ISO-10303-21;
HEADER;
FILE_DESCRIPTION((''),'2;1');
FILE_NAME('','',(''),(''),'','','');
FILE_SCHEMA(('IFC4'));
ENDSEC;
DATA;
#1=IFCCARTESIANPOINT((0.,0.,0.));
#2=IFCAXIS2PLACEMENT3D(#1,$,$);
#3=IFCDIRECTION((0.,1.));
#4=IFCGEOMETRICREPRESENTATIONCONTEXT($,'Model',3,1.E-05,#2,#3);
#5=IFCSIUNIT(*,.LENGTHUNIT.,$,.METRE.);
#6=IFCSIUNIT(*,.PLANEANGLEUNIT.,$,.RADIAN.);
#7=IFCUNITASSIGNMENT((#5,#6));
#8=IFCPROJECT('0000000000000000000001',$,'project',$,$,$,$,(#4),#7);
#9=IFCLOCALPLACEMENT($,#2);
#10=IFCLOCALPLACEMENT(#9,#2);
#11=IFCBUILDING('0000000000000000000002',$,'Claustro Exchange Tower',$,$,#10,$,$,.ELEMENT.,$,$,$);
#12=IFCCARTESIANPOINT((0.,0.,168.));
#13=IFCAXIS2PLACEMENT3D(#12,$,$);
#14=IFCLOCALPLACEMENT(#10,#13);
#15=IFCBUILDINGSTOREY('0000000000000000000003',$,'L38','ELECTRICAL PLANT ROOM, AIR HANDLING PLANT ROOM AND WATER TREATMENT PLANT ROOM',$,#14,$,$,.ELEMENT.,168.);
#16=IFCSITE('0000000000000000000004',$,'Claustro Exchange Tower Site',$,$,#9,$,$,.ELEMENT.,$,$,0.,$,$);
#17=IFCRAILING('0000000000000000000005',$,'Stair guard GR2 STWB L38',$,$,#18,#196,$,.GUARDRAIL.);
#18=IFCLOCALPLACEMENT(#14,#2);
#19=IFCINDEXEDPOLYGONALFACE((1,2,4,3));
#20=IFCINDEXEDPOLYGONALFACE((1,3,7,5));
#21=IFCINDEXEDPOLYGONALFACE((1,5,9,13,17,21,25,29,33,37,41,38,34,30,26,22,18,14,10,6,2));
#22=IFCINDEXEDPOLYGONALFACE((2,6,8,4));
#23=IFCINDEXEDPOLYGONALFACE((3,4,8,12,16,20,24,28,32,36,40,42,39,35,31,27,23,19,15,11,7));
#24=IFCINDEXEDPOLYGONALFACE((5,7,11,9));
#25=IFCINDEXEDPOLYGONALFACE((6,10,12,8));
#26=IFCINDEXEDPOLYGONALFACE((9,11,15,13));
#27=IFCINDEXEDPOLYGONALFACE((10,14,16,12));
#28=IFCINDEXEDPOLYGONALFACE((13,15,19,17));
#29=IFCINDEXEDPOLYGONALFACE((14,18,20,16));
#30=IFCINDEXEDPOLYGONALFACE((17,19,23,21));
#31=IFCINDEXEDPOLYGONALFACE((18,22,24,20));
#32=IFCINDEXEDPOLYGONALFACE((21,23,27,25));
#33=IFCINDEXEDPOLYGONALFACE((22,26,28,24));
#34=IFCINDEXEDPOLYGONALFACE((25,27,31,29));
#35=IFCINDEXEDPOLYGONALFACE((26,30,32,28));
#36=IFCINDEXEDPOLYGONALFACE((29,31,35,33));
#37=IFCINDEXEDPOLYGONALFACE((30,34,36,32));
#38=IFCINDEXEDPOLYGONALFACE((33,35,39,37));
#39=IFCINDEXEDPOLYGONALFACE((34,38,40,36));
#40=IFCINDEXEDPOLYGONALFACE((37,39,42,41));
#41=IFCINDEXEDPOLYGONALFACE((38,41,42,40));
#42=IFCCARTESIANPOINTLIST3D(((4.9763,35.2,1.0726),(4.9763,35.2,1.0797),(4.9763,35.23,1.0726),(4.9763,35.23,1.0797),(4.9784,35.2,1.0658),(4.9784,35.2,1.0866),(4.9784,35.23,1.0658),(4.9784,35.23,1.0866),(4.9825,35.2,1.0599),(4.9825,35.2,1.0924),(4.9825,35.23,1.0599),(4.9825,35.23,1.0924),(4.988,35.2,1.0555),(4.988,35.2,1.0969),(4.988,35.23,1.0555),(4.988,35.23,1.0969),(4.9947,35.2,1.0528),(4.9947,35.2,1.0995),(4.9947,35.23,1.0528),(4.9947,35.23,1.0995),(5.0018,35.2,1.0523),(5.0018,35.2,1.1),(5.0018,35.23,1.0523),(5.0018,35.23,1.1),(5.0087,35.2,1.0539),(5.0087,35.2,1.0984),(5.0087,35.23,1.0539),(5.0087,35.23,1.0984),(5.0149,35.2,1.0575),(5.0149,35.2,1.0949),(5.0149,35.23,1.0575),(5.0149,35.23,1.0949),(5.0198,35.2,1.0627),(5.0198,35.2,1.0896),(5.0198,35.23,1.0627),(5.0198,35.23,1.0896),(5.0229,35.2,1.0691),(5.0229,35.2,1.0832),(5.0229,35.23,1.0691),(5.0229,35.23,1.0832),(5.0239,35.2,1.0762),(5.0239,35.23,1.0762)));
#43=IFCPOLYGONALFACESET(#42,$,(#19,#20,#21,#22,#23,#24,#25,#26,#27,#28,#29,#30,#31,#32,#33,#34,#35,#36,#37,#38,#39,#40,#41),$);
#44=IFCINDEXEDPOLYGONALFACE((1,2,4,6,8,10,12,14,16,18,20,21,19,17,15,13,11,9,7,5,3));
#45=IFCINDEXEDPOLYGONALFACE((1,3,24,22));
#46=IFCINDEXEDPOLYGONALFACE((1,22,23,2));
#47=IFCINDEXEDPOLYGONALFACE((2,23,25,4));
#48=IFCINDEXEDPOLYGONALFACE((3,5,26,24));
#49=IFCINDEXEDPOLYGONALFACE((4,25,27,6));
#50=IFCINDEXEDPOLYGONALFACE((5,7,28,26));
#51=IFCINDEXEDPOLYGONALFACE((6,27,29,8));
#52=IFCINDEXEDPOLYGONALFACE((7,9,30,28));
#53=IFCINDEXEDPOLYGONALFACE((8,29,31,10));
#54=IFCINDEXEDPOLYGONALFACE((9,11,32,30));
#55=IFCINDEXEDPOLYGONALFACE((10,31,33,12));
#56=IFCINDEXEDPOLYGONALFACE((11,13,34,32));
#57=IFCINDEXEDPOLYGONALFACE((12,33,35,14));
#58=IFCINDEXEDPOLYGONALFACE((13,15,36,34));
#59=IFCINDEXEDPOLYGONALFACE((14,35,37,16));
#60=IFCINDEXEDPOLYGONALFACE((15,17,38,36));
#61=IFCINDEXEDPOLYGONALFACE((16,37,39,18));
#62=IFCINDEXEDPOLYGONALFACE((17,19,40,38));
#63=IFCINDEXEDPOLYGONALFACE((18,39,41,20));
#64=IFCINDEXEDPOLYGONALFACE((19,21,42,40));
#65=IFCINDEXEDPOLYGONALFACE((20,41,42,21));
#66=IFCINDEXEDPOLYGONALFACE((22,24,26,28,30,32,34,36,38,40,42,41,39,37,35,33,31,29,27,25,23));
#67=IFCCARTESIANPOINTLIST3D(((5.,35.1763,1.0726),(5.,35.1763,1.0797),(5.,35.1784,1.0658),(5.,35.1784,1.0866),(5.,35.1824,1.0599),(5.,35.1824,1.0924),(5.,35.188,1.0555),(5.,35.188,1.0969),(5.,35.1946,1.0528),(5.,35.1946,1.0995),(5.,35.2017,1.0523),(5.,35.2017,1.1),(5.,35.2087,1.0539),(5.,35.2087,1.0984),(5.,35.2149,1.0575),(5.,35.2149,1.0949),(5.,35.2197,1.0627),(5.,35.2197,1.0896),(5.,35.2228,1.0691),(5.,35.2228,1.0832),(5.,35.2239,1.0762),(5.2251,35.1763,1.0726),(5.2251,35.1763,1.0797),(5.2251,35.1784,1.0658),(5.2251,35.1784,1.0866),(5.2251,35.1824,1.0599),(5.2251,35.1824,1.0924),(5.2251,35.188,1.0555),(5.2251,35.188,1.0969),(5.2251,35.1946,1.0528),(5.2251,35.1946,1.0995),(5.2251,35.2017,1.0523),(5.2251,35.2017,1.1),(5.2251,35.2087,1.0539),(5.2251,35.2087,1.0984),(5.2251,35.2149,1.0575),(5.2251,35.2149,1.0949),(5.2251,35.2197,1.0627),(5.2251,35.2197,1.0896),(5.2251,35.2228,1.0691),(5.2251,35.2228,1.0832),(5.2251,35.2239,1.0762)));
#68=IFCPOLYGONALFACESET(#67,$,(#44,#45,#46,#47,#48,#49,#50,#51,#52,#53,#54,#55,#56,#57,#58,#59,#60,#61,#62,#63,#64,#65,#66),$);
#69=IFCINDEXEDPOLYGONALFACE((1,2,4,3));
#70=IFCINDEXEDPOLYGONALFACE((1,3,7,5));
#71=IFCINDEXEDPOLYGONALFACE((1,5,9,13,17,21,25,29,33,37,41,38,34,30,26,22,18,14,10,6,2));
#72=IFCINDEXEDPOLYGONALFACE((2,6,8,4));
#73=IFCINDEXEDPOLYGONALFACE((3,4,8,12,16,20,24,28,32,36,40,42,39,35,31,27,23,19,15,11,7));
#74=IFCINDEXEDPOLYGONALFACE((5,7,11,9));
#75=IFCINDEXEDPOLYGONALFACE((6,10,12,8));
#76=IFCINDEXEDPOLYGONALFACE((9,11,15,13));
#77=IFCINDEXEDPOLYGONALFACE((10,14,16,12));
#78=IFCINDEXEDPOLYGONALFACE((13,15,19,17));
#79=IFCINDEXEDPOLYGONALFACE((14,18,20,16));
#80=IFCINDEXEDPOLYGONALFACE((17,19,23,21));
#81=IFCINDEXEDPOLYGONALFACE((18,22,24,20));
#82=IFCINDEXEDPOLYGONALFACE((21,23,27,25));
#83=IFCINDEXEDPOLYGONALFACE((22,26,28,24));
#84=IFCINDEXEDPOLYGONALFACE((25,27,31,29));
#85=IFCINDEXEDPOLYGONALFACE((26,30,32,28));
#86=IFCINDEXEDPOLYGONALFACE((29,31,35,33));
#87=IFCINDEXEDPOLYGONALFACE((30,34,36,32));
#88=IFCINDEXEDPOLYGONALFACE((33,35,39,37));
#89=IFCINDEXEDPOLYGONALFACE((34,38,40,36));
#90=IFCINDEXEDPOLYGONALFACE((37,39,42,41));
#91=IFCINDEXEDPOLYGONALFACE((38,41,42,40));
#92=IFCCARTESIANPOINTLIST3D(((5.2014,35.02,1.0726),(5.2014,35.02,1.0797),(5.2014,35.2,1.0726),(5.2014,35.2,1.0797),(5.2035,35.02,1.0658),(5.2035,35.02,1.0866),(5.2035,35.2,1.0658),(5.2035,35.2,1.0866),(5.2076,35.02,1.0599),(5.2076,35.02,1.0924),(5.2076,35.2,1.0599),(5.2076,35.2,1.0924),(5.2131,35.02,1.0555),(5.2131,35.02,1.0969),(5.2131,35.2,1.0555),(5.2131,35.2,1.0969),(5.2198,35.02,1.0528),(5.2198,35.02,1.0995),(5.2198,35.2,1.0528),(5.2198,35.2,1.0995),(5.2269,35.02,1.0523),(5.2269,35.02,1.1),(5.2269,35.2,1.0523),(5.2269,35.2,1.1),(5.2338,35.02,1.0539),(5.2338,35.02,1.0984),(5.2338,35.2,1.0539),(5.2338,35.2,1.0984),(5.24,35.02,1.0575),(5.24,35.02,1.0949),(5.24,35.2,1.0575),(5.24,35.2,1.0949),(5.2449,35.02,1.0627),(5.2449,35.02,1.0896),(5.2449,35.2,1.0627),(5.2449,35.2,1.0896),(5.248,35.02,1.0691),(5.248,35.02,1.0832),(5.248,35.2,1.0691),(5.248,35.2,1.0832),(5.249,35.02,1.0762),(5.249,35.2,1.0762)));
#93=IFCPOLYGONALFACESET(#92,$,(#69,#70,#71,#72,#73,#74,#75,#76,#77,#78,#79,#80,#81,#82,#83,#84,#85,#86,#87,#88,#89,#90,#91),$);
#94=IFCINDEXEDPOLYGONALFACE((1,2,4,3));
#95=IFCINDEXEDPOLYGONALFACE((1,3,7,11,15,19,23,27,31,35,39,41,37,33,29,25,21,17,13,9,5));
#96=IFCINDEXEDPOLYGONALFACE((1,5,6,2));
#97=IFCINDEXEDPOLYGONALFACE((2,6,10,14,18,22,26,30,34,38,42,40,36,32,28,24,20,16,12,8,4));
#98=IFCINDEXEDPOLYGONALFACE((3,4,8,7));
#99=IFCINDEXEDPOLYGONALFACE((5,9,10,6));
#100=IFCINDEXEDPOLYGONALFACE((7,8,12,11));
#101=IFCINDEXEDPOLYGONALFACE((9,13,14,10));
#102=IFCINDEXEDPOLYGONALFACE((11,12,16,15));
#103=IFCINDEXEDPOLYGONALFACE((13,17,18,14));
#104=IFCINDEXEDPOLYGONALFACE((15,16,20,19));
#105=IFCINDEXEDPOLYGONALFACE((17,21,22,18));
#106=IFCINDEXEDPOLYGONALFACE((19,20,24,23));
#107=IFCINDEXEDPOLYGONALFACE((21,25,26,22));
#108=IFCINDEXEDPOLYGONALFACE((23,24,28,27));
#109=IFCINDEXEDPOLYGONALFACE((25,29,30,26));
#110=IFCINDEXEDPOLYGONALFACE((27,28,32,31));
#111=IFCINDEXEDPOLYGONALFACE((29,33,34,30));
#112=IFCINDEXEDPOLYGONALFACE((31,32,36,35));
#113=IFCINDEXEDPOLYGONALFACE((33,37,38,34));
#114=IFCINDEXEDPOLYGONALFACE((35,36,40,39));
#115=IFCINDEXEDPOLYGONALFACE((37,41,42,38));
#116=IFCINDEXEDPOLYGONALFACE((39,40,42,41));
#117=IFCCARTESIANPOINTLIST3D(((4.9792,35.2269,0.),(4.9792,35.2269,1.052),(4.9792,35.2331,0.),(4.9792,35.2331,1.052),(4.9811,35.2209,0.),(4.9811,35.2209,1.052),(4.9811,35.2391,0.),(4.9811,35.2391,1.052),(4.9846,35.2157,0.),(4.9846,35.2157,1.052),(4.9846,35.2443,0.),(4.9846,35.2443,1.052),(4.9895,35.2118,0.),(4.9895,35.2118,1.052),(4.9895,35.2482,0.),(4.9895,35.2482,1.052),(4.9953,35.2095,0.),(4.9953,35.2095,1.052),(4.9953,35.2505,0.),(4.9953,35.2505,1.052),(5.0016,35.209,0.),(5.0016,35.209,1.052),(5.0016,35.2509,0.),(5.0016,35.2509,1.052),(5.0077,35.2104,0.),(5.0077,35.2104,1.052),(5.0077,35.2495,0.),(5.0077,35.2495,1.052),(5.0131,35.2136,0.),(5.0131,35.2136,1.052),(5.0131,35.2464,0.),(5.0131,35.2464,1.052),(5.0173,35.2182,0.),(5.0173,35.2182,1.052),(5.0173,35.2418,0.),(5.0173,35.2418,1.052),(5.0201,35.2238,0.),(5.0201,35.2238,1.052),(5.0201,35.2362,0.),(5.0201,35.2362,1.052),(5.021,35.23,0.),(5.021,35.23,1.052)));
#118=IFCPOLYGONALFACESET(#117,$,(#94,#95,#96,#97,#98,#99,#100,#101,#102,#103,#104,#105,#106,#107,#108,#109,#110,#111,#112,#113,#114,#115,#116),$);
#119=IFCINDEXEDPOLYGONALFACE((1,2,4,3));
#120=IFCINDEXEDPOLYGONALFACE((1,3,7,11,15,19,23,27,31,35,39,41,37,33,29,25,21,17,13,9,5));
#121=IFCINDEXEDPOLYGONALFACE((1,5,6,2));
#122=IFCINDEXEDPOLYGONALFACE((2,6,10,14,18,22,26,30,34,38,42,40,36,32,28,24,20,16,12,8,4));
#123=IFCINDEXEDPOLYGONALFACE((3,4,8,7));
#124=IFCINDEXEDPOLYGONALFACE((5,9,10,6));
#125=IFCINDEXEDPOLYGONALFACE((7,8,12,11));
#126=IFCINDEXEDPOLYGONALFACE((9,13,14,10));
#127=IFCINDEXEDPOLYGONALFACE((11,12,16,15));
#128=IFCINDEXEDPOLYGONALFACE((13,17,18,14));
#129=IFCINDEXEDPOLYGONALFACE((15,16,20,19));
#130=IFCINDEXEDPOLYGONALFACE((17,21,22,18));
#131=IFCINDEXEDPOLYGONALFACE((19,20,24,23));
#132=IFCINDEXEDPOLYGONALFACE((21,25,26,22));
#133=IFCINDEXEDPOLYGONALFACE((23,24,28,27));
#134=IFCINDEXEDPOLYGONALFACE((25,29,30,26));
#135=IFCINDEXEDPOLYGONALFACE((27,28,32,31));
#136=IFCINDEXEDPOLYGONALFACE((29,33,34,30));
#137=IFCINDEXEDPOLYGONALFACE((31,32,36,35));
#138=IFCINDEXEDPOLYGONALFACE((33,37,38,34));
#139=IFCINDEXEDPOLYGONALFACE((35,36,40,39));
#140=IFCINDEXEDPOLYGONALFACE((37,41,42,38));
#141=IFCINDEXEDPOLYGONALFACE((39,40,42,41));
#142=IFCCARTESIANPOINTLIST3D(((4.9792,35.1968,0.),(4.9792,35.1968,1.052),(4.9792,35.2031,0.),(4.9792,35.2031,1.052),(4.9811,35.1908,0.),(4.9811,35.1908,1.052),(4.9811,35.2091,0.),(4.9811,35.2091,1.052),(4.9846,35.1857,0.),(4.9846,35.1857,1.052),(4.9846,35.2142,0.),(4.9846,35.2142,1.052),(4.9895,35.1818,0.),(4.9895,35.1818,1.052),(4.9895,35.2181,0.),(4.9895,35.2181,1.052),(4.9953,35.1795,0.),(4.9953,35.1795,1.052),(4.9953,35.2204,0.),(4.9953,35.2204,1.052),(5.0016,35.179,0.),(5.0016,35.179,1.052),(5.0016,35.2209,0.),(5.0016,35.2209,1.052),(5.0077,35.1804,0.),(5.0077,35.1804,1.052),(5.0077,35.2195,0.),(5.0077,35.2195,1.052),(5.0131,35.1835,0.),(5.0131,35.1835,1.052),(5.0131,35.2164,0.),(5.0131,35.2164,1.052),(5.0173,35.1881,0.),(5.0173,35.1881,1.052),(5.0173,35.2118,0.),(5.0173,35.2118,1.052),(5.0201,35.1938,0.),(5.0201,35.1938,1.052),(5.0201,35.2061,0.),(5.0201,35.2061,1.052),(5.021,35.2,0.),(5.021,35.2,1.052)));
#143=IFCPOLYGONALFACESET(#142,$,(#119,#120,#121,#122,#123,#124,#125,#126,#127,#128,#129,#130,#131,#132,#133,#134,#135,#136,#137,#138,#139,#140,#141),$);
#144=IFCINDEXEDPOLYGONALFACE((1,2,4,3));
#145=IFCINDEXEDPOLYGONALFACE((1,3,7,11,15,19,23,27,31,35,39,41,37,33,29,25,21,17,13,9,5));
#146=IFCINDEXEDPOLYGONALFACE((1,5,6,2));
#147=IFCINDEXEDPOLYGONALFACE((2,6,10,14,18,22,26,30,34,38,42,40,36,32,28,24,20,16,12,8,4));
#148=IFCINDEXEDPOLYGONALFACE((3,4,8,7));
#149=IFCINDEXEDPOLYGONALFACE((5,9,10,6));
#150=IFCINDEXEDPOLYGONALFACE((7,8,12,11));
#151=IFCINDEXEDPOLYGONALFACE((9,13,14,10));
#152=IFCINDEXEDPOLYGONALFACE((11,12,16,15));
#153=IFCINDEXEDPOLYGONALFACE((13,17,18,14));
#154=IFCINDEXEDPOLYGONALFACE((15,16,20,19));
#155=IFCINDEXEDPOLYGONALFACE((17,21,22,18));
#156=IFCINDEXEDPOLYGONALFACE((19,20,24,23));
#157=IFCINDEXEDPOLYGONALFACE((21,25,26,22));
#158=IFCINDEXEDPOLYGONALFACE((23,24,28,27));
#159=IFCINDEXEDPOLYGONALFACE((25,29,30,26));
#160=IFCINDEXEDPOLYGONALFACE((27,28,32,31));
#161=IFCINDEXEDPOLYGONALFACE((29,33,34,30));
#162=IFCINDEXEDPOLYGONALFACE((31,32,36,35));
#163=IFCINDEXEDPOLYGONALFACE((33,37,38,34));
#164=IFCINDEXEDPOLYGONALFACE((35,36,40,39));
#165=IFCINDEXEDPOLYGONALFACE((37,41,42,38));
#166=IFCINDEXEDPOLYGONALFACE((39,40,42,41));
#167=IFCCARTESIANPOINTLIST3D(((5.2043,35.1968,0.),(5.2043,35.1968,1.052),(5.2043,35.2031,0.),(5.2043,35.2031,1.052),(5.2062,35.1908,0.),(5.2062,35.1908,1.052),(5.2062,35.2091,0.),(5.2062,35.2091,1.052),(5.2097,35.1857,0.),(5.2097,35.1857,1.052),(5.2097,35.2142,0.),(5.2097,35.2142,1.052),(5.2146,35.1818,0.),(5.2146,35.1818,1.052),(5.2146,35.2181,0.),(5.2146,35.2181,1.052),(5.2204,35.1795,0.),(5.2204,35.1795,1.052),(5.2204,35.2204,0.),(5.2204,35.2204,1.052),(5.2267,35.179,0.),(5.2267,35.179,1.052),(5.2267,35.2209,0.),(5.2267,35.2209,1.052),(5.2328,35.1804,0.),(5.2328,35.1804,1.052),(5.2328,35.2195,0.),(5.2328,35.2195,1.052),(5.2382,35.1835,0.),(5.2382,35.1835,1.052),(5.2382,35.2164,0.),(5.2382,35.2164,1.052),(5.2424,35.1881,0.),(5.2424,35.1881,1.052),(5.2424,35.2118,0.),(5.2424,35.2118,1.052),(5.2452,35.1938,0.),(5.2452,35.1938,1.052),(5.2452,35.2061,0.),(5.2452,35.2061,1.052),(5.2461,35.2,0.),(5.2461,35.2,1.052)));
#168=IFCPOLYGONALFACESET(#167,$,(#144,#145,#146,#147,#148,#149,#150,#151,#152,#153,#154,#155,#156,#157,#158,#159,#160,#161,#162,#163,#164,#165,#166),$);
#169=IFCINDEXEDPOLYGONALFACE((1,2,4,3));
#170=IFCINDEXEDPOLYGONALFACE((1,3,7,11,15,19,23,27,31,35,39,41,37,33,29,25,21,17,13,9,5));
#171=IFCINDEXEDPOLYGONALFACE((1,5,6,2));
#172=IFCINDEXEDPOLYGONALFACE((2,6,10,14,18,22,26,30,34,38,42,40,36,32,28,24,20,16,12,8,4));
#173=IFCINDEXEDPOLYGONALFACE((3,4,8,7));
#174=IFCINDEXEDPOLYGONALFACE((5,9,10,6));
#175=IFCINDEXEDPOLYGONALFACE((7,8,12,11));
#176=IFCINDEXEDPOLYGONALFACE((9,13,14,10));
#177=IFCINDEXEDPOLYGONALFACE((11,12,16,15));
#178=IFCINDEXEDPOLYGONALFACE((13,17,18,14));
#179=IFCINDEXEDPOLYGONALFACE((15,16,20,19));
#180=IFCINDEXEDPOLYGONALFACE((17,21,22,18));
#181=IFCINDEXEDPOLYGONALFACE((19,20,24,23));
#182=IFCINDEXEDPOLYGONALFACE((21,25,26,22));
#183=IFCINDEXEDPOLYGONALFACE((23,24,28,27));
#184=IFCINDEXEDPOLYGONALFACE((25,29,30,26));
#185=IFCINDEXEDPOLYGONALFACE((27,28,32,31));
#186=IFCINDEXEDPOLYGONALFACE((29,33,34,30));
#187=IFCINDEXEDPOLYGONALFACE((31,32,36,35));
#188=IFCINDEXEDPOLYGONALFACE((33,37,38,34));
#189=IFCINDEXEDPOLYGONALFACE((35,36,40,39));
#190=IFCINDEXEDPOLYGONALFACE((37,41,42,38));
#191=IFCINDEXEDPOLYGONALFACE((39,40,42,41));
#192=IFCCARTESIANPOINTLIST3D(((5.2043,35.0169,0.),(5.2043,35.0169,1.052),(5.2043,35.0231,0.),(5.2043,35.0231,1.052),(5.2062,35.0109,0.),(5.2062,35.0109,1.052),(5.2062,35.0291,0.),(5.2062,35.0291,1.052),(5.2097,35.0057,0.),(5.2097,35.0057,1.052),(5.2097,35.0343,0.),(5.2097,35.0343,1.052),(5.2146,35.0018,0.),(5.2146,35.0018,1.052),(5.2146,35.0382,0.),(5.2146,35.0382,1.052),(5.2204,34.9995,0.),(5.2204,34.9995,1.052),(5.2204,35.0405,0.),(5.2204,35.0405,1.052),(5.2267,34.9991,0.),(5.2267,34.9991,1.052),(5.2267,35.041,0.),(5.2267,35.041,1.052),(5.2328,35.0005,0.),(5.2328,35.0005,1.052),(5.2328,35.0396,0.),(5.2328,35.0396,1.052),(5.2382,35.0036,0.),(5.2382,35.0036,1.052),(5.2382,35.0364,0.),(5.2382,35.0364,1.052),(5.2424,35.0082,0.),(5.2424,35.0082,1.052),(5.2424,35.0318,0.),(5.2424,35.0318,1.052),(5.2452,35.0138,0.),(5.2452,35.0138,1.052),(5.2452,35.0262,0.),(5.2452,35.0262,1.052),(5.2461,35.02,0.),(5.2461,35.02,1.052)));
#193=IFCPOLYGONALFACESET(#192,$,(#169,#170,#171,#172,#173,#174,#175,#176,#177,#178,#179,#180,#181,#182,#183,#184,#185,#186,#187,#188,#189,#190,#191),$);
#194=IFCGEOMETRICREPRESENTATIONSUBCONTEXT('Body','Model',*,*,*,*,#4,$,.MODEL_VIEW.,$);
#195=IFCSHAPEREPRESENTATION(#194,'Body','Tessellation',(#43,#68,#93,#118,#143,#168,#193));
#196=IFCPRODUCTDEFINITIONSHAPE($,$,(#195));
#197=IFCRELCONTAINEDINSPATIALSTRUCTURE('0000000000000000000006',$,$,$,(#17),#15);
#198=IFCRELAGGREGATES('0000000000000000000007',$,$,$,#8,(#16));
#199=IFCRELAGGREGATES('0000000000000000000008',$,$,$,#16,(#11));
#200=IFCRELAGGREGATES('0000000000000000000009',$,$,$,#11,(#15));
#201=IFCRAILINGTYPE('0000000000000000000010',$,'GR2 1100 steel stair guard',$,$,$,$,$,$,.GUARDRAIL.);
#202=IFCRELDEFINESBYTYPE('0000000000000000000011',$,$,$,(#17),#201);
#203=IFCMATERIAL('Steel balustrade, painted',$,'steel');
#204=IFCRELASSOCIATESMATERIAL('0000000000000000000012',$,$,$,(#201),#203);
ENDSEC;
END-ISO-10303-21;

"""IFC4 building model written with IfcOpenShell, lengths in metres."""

from ifc_helpers import new_model, si_unit, direction, frame, origin, origin_2d, place, context, subcontext, project, spatial, circle, extrude, material, type_object, element, save


model = new_model("IFC4")

# Units and contexts
model_context = context("Model", 3, precision=1e-05, world=origin(), true_north=direction((0.0, 1.0)))
body_context = subcontext(model_context, "Body", "Model", "MODEL_VIEW")
ifc_project = project(units=[si_unit("LENGTHUNIT", "METRE"), si_unit("PLANEANGLEUNIT", "RADIAN")], contexts=[model_context])

# Site, building, storey
site_placement = place(None, origin())
site = spatial("IfcSite", under=ifc_project, at=site_placement, Name="Claustro Exchange Tower Site", CompositionType="ELEMENT", RefElevation=0.0)
building_placement = place(site_placement, origin())
building = spatial("IfcBuilding", under=site, at=building_placement, Name="Claustro Exchange Tower", CompositionType="ELEMENT")
storey_placement = place(building_placement, frame((0.0, 0.0, 168.0)))
storey = spatial("IfcBuildingStorey", under=building, at=storey_placement, Name="L38", Description="ELECTRICAL PLANT ROOM, AIR HANDLING PLANT ROOM AND WATER TREATMENT PLANT ROOM", CompositionType="ELEMENT", Elevation=168.0)

# Railing
ifc_material_1 = material(Name="Steel balustrade, painted", Category="steel")
railing_type_1 = type_object("IfcRailingType", Name="GR2 1100 steel stair guard", PredefinedType="GUARDRAIL", material=ifc_material_1)
railing_1_placement = place(storey_placement, frame((5.0, 35.23, 0.0)))
element("IfcRailing", 1, at=railing_1_placement, inside=storey, type_object=railing_type_1, Name="Stair guard GR2 STWB L38", PredefinedType="GUARDRAIL", context=body_context, shape_type="SweptSolid", body=[
    extrude(circle(Radius=0.0239, at=origin_2d()), frame((0.0, 0.0, 1.0762), z_axis=(0.0, -1.0, 0.0), x_axis=(1.0, 0.0, 0.0)), (0.0, 0.0, 1.0), 0.03),
    extrude(circle(Radius=0.0239, at=origin_2d()), frame((0.0, -0.03, 1.0762), z_axis=(1.0, 0.0, 0.0), x_axis=(0.0, 1.0, 0.0)), (0.0, 0.0, 1.0), 0.2251),
    extrude(circle(Radius=0.0239, at=origin_2d()), frame((0.2251, -0.03, 1.0762), z_axis=(0.0, -1.0, 0.0), x_axis=(1.0, 0.0, 0.0)), (0.0, 0.0, 1.0), 0.1799),
    extrude(circle(Radius=0.021, at=origin_2d()), origin(), (0.0, 0.0, 1.0), 1.052),
    extrude(circle(Radius=0.021, at=origin_2d()), frame((0.0, -0.03, 0.0)), (0.0, 0.0, 1.0), 1.052),
    extrude(circle(Radius=0.021, at=origin_2d()), frame((0.2251, -0.03, 0.0)), (0.0, 0.0, 1.0), 1.052),
    extrude(circle(Radius=0.021, at=origin_2d()), frame((0.2251, -0.21, 0.0)), (0.0, 0.0, 1.0), 1.052),
])

save(model, "model.ifc")
